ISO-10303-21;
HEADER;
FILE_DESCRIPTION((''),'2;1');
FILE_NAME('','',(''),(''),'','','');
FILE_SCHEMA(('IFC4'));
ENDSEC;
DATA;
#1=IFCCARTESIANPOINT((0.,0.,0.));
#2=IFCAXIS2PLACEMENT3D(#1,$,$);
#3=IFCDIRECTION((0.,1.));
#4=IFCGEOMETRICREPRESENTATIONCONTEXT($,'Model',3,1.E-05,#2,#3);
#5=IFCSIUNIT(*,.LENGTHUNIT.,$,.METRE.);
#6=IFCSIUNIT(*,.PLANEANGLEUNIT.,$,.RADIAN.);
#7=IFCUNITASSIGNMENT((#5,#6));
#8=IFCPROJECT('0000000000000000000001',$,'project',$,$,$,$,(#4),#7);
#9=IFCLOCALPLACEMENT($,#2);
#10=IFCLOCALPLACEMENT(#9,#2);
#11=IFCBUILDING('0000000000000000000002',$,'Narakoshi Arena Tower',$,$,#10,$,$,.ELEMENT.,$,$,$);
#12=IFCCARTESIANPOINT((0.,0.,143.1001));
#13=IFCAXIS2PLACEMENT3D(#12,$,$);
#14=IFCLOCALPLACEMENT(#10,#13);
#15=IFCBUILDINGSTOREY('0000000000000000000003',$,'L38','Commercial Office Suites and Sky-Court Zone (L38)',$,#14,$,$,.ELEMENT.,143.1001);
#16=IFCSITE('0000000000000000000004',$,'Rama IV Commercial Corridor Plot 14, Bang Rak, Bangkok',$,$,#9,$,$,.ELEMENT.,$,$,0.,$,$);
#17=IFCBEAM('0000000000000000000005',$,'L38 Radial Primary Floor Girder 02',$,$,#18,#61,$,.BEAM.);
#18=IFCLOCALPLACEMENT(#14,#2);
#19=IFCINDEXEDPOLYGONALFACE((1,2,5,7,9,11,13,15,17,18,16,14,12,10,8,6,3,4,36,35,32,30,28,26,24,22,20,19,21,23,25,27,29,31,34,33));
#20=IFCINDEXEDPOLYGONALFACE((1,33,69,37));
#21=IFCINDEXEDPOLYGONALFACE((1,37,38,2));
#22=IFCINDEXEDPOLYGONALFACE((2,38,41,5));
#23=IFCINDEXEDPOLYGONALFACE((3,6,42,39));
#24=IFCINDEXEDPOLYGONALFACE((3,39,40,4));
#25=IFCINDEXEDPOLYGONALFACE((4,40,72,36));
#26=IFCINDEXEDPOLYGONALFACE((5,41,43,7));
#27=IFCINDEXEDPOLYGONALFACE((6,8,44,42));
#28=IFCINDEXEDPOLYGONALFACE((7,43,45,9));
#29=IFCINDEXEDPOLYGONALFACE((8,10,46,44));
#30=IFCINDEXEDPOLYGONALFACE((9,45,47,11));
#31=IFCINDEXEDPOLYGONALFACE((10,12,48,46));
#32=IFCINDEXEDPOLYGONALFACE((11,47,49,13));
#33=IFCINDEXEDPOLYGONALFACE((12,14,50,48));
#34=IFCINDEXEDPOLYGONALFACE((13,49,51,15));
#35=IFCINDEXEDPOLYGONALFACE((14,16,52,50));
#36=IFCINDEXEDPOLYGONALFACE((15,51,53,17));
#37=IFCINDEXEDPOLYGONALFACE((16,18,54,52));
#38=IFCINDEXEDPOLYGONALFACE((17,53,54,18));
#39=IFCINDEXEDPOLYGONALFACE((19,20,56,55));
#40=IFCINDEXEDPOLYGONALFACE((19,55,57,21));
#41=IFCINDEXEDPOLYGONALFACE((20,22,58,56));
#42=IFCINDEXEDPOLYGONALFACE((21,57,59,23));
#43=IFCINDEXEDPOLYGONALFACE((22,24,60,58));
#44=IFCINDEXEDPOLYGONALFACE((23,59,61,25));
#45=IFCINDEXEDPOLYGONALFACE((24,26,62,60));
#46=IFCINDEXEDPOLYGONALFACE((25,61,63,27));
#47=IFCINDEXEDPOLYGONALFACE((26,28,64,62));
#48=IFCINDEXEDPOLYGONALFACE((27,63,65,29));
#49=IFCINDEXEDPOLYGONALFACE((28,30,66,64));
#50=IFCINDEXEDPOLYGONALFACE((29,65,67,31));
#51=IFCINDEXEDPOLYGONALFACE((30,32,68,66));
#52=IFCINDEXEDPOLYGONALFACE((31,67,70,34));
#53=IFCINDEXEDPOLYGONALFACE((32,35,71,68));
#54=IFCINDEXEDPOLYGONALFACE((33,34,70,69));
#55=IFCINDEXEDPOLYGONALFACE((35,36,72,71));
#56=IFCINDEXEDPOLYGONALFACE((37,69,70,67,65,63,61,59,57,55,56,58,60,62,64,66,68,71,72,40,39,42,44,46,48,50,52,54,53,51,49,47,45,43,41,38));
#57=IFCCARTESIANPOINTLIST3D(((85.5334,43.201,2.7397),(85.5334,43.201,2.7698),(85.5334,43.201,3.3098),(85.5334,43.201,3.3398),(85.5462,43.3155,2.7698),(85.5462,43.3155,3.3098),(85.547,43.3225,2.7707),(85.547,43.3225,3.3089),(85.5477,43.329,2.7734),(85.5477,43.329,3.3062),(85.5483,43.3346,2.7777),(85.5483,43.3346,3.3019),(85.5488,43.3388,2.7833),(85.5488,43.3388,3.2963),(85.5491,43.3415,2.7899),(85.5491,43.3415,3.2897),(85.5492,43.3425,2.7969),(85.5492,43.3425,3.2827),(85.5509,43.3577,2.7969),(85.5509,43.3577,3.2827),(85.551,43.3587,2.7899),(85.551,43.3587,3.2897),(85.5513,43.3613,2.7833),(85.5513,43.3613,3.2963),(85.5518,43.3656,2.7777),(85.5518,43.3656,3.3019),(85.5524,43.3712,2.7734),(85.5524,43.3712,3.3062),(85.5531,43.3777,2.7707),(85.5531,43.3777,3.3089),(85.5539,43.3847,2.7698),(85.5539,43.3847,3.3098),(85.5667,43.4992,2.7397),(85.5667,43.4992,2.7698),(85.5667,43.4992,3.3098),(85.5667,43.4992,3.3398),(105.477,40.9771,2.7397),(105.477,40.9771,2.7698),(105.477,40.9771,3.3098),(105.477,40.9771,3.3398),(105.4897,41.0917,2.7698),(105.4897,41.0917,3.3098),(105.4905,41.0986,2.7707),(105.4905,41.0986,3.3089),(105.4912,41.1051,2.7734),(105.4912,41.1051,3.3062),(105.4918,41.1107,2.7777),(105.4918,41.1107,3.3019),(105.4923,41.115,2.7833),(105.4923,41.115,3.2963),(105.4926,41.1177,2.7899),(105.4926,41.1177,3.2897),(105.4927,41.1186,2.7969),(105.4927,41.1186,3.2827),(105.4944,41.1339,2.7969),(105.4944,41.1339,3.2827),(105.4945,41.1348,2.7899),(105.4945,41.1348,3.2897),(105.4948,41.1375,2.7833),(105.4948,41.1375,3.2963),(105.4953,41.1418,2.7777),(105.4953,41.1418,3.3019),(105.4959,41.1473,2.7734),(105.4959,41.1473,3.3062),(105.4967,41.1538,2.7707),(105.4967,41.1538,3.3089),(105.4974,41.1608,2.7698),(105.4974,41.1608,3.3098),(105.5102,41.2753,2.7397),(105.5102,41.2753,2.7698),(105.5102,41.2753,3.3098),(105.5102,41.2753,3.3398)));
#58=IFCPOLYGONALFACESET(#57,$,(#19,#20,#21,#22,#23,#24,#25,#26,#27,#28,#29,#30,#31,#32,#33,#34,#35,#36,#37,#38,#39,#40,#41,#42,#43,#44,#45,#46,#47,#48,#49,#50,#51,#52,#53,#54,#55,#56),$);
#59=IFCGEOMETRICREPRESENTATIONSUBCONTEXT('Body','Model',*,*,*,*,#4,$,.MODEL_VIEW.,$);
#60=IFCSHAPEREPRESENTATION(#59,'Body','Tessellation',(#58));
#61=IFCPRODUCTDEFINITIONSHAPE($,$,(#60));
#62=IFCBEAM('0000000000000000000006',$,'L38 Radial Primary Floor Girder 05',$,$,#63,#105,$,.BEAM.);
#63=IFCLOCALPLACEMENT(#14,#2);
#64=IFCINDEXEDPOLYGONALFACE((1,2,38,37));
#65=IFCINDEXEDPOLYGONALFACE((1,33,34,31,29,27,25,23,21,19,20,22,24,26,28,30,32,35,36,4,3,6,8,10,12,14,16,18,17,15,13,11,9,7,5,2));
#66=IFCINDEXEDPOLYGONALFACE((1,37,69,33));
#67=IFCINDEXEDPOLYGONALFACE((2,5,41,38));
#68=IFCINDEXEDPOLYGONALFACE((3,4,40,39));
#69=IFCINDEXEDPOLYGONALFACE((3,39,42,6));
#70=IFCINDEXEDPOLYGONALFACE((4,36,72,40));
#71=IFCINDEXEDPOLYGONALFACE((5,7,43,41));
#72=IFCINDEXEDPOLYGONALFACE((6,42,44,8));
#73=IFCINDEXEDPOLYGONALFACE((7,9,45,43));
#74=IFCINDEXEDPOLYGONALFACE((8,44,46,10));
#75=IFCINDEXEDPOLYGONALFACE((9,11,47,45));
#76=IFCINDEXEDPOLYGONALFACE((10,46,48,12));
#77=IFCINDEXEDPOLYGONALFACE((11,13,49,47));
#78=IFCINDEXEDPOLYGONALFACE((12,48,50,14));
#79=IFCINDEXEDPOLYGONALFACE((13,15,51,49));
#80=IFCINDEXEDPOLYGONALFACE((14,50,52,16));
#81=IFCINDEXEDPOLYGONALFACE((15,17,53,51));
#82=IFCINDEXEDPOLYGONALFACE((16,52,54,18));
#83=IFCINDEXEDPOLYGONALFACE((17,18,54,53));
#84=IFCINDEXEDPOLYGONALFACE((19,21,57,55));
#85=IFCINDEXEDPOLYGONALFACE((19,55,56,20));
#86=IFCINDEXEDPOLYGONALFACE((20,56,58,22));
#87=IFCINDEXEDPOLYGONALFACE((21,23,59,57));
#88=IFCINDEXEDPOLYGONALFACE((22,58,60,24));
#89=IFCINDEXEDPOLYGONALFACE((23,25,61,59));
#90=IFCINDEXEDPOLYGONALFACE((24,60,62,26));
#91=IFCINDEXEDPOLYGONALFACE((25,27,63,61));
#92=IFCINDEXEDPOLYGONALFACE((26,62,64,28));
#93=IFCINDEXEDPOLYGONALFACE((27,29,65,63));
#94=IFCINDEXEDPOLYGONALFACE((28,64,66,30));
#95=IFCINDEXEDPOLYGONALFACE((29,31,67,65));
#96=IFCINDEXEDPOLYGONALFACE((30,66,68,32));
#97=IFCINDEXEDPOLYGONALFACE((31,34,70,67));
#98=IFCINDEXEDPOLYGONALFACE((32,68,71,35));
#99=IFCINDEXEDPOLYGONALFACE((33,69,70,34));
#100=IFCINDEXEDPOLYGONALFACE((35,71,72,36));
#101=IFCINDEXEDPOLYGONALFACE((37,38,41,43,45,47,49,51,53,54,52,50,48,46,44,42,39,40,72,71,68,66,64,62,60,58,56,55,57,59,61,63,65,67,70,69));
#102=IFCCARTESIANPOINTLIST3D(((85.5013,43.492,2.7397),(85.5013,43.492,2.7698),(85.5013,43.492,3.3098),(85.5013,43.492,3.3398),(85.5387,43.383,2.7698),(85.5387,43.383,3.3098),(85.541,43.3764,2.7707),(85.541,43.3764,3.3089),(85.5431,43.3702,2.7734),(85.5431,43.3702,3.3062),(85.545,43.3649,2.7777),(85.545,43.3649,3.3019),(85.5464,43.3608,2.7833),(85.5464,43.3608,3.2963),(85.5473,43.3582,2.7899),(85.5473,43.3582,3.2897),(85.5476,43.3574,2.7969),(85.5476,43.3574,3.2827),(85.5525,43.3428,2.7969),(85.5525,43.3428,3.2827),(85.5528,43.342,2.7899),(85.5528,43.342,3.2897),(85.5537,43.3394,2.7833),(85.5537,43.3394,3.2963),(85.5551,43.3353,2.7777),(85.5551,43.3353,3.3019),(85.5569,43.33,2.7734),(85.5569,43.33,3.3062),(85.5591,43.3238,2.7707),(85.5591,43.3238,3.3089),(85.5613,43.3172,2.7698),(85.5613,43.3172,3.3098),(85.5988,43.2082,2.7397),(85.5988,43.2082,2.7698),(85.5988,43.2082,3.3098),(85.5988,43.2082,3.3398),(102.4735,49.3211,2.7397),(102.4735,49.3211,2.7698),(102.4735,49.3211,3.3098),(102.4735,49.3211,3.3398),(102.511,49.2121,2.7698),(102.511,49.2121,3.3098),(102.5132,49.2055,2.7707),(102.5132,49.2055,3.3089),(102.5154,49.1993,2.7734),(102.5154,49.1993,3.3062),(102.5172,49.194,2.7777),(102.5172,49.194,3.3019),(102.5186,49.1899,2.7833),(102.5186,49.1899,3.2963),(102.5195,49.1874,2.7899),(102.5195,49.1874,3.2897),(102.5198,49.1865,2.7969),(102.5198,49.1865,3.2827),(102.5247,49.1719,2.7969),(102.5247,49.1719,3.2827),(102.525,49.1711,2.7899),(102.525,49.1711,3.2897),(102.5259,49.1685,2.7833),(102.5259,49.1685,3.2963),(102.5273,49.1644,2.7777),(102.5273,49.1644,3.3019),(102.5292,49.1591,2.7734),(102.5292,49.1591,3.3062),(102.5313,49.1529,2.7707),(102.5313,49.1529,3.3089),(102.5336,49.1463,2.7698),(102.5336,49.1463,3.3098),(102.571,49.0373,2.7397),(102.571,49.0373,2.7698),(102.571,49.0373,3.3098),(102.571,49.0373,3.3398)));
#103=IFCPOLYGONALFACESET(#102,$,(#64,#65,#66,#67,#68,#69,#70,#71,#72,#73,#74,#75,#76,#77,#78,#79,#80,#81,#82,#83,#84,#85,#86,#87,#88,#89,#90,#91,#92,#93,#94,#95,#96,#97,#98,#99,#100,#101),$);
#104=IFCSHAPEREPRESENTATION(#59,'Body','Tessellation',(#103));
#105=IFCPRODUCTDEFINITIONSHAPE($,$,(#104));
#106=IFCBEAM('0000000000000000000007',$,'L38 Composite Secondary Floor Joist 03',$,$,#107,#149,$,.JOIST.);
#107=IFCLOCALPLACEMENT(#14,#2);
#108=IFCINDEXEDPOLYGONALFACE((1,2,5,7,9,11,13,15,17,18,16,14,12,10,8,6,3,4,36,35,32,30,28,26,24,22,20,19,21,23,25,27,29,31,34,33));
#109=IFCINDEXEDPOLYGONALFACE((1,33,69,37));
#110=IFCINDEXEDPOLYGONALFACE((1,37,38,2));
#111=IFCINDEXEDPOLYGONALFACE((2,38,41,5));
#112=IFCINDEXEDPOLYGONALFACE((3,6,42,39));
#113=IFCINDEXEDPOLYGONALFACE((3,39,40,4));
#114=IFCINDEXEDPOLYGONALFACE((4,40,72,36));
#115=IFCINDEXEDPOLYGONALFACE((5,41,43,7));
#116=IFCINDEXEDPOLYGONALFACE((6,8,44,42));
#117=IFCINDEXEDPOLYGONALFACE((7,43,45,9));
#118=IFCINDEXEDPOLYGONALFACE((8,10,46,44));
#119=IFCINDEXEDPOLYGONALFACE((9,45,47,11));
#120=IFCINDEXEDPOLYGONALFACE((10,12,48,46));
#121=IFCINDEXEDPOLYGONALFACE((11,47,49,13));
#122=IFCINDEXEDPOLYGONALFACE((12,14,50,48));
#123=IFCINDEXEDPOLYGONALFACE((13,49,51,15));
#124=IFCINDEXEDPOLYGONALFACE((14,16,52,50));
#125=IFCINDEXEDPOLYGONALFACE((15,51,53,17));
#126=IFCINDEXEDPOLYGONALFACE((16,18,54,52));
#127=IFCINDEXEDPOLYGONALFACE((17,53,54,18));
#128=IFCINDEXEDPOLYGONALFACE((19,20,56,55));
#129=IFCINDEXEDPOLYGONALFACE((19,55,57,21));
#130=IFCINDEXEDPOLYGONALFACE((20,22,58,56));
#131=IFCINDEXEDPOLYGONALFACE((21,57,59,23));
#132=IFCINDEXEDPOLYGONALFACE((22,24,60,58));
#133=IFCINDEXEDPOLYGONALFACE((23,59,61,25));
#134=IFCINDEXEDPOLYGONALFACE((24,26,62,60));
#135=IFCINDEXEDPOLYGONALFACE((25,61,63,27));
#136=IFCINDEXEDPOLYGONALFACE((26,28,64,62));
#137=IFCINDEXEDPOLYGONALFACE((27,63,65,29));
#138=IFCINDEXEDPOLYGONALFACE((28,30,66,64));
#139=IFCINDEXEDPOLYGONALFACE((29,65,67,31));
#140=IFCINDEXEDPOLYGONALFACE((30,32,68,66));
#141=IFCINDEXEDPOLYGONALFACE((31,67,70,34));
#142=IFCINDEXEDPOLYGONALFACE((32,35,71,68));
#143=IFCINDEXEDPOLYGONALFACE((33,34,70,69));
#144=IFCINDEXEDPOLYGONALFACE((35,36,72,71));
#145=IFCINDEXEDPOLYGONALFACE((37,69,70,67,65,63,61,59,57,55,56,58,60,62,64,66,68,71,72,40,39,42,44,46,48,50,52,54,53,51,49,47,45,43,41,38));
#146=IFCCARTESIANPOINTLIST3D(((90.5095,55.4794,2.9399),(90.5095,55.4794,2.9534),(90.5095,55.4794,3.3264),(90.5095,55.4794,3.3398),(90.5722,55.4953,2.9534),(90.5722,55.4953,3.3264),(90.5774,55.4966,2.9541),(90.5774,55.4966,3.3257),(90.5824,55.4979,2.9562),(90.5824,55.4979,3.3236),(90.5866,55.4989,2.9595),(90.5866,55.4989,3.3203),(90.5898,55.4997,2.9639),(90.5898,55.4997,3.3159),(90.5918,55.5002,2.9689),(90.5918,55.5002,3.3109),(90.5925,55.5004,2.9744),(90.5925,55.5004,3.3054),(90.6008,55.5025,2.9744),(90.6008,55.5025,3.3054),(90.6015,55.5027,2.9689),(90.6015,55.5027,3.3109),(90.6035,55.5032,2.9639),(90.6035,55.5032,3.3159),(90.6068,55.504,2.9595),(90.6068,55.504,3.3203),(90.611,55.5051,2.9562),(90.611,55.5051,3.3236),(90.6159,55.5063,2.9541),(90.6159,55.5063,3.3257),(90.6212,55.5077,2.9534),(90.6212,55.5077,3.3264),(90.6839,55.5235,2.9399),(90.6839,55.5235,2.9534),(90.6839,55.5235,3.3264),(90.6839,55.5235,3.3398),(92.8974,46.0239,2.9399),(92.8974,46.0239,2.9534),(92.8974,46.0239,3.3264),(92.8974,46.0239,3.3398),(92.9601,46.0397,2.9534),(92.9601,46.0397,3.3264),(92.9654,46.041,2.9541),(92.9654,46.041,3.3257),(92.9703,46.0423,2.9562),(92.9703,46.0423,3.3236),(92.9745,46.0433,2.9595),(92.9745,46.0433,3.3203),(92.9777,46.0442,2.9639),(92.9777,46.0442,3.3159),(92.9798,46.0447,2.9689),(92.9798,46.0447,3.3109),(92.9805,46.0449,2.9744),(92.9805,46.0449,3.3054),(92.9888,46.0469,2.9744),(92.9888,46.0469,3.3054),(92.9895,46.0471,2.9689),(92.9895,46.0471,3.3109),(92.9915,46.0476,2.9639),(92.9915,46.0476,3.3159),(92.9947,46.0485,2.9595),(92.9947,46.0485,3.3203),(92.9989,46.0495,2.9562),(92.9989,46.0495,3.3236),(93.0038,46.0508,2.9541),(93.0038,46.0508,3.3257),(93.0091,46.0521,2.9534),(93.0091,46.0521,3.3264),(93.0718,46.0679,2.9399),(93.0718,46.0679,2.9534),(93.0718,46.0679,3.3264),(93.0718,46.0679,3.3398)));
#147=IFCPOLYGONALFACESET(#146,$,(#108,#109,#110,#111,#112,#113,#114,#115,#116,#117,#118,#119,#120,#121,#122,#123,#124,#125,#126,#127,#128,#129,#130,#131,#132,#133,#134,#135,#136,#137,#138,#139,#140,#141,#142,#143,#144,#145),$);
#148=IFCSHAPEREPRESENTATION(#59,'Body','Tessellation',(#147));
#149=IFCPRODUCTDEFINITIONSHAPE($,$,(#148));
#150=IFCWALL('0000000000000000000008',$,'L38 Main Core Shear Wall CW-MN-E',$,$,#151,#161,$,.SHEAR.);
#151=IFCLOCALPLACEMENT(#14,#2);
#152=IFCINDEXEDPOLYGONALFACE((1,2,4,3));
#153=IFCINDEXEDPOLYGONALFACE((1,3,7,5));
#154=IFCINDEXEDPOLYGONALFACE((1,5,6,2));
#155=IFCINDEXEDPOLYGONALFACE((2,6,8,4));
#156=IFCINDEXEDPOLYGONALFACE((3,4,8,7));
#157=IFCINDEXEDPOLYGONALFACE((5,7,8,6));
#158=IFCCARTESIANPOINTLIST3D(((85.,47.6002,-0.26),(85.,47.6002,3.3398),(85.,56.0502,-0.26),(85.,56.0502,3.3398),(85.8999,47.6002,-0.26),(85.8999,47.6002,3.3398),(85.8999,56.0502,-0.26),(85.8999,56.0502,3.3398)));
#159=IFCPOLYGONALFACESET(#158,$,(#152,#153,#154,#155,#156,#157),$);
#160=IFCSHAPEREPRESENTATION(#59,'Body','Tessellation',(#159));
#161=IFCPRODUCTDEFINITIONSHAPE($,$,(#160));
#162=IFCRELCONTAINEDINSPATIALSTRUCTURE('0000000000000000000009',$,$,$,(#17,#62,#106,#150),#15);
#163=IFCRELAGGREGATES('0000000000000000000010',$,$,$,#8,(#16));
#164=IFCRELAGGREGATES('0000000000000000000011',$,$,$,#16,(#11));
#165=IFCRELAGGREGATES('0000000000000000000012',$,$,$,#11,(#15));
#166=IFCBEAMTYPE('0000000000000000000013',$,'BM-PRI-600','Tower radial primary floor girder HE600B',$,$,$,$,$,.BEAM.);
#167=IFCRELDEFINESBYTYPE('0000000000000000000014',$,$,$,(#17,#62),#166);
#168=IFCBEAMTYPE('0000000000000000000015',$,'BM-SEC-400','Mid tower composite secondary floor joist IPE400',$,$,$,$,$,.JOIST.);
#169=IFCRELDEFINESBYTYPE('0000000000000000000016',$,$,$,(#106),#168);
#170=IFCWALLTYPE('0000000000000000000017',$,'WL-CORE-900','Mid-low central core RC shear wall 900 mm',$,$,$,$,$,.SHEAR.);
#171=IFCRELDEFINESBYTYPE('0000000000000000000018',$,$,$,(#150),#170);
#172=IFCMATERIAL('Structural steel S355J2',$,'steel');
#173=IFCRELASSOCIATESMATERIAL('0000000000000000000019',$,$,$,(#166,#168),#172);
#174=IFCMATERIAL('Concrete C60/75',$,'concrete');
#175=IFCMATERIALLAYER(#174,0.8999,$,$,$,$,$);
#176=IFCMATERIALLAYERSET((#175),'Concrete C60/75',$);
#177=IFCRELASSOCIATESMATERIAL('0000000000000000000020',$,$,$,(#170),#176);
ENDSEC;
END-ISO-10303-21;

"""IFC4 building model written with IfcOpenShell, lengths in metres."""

from ifc_helpers import new_model, si_unit, direction, frame, frame_2d, origin, origin_2d, place, context, subcontext, project, spatial, rectangle, i_section, extrude, material, layer, layer_set, material_profile, profile_set, type_object, element, save


model = new_model("IFC4")

# Units and contexts
model_context = context("Model", 3, precision=1e-05, world=origin(), true_north=direction((0.0, 1.0)))
body_context = subcontext(model_context, "Body", "Model", "MODEL_VIEW")
ifc_project = project(units=[si_unit("LENGTHUNIT", "METRE"), si_unit("PLANEANGLEUNIT", "RADIAN")], contexts=[model_context])

# Site, building, storey
site_placement = place(None, origin())
site = spatial("IfcSite", under=ifc_project, at=site_placement, Name="Rama IV Commercial Corridor Plot 14, Bang Rak, Bangkok", CompositionType="ELEMENT", RefElevation=0.0)
building_placement = place(site_placement, origin())
building = spatial("IfcBuilding", under=site, at=building_placement, Name="Narakoshi Arena Tower", CompositionType="ELEMENT")
storey_placement = place(building_placement, frame((0.0, 0.0, 143.1001)))
storey = spatial("IfcBuildingStorey", under=building, at=storey_placement, Name="L38", Description="Commercial Office Suites and Sky-Court Zone (L38)", CompositionType="ELEMENT", Elevation=143.1001)

# Beams
ifc_material_1 = material(Name="Structural steel S355J2", Category="steel")
ifc_material_profile_1 = material_profile(ifc_material_1, i_section(OverallWidth=0.3, OverallDepth=0.6001, WebThickness=0.0154, FlangeThickness=0.03, FilletRadius=0.0271, at=origin_2d()), Name="HE600B")
ifc_profile_set_1 = profile_set([ifc_material_profile_1], Name="Structural steel S355J2")
beam_type_1 = type_object("IfcBeamType", Name="BM-PRI-600", Description="Tower radial primary floor girder HE600B", PredefinedType="BEAM", material=ifc_profile_set_1)
beam_1_placement = place(storey_placement, frame((85.55, 43.3501, 3.0398), z_axis=(0.99384, -0.110821, 0.0), x_axis=(0.110821, 0.99384, 0.0)))
element("IfcBeam", 1, at=beam_1_placement, inside=storey, type_object=beam_type_1, Name="L38 Radial Primary Floor Girder 02", PredefinedType="BEAM", context=body_context, shape_type="SweptSolid", body=[
    extrude(i_section(OverallWidth=0.3, OverallDepth=0.6001, WebThickness=0.0154, FlangeThickness=0.03, FilletRadius=0.0271, at=origin_2d()), origin(), (0.0, 0.0, 1.0), 20.0671),
])
beam_2_placement = place(storey_placement, frame((85.55, 43.3501, 3.0398), z_axis=(0.945774, 0.324827, 0.0), x_axis=(-0.324827, 0.945774, 0.0)))
element("IfcBeam", 2, at=beam_2_placement, inside=storey, type_object=beam_type_1, Name="L38 Radial Primary Floor Girder 05", PredefinedType="BEAM", context=body_context, shape_type="SweptSolid", body=[
    extrude(i_section(OverallWidth=0.3, OverallDepth=0.6001, WebThickness=0.0154, FlangeThickness=0.03, FilletRadius=0.0271, at=origin_2d()), origin(), (0.0, 0.0, 1.0), 17.9453),
])
ifc_material_profile_2 = material_profile(ifc_material_1, i_section(OverallWidth=0.1799, OverallDepth=0.3999, WebThickness=0.0085, FlangeThickness=0.0134, FilletRadius=0.021, at=origin_2d()), Name="IPE400")
ifc_profile_set_2 = profile_set([ifc_material_profile_2], Name="Structural steel S355J2")
beam_type_2 = type_object("IfcBeamType", Name="BM-SEC-400", Description="Mid tower composite secondary floor joist IPE400", PredefinedType="JOIST", material=ifc_profile_set_2)
beam_3_placement = place(storey_placement, frame((92.9846, 46.0459, 3.1399), z_axis=(-0.244856, 0.96956, 0.0), x_axis=(-0.96956, -0.244856, 0.0)))
element("IfcBeam", 3, at=beam_3_placement, inside=storey, type_object=beam_type_2, Name="L38 Composite Secondary Floor Joist 03", PredefinedType="JOIST", context=body_context, shape_type="SweptSolid", body=[
    extrude(i_section(OverallWidth=0.1799, OverallDepth=0.3999, WebThickness=0.0085, FlangeThickness=0.0134, FilletRadius=0.021, at=origin_2d()), origin(), (0.0, 0.0, 1.0), 9.7524),
])

# Wall
ifc_material_2 = material(Name="Concrete C60/75", Category="concrete")
ifc_layer_1 = layer(ifc_material_2, 0.8999)
ifc_layer_set_1 = layer_set([ifc_layer_1], Name="Concrete C60/75")
wall_type_1 = type_object("IfcWallType", Name="WL-CORE-900", Description="Mid-low central core RC shear wall 900 mm", PredefinedType="SHEAR", material=ifc_layer_set_1)
wall_1_placement = place(storey_placement, frame((85.45, 47.6001, -0.26), z_axis=(0.0, 0.0, 1.0), x_axis=(0.0, 1.0, 0.0)))
element("IfcWall", 4, at=wall_1_placement, inside=storey, type_object=wall_type_1, Name="L38 Main Core Shear Wall CW-MN-E", PredefinedType="SHEAR", context=body_context, shape_type="SweptSolid", body=[
    extrude(rectangle(XDim=8.45, YDim=0.8999, at=frame_2d((4.2251, 0.0))), origin(), (0.0, 0.0, 1.0), 3.5999),
])

save(model, "model.ifc")
